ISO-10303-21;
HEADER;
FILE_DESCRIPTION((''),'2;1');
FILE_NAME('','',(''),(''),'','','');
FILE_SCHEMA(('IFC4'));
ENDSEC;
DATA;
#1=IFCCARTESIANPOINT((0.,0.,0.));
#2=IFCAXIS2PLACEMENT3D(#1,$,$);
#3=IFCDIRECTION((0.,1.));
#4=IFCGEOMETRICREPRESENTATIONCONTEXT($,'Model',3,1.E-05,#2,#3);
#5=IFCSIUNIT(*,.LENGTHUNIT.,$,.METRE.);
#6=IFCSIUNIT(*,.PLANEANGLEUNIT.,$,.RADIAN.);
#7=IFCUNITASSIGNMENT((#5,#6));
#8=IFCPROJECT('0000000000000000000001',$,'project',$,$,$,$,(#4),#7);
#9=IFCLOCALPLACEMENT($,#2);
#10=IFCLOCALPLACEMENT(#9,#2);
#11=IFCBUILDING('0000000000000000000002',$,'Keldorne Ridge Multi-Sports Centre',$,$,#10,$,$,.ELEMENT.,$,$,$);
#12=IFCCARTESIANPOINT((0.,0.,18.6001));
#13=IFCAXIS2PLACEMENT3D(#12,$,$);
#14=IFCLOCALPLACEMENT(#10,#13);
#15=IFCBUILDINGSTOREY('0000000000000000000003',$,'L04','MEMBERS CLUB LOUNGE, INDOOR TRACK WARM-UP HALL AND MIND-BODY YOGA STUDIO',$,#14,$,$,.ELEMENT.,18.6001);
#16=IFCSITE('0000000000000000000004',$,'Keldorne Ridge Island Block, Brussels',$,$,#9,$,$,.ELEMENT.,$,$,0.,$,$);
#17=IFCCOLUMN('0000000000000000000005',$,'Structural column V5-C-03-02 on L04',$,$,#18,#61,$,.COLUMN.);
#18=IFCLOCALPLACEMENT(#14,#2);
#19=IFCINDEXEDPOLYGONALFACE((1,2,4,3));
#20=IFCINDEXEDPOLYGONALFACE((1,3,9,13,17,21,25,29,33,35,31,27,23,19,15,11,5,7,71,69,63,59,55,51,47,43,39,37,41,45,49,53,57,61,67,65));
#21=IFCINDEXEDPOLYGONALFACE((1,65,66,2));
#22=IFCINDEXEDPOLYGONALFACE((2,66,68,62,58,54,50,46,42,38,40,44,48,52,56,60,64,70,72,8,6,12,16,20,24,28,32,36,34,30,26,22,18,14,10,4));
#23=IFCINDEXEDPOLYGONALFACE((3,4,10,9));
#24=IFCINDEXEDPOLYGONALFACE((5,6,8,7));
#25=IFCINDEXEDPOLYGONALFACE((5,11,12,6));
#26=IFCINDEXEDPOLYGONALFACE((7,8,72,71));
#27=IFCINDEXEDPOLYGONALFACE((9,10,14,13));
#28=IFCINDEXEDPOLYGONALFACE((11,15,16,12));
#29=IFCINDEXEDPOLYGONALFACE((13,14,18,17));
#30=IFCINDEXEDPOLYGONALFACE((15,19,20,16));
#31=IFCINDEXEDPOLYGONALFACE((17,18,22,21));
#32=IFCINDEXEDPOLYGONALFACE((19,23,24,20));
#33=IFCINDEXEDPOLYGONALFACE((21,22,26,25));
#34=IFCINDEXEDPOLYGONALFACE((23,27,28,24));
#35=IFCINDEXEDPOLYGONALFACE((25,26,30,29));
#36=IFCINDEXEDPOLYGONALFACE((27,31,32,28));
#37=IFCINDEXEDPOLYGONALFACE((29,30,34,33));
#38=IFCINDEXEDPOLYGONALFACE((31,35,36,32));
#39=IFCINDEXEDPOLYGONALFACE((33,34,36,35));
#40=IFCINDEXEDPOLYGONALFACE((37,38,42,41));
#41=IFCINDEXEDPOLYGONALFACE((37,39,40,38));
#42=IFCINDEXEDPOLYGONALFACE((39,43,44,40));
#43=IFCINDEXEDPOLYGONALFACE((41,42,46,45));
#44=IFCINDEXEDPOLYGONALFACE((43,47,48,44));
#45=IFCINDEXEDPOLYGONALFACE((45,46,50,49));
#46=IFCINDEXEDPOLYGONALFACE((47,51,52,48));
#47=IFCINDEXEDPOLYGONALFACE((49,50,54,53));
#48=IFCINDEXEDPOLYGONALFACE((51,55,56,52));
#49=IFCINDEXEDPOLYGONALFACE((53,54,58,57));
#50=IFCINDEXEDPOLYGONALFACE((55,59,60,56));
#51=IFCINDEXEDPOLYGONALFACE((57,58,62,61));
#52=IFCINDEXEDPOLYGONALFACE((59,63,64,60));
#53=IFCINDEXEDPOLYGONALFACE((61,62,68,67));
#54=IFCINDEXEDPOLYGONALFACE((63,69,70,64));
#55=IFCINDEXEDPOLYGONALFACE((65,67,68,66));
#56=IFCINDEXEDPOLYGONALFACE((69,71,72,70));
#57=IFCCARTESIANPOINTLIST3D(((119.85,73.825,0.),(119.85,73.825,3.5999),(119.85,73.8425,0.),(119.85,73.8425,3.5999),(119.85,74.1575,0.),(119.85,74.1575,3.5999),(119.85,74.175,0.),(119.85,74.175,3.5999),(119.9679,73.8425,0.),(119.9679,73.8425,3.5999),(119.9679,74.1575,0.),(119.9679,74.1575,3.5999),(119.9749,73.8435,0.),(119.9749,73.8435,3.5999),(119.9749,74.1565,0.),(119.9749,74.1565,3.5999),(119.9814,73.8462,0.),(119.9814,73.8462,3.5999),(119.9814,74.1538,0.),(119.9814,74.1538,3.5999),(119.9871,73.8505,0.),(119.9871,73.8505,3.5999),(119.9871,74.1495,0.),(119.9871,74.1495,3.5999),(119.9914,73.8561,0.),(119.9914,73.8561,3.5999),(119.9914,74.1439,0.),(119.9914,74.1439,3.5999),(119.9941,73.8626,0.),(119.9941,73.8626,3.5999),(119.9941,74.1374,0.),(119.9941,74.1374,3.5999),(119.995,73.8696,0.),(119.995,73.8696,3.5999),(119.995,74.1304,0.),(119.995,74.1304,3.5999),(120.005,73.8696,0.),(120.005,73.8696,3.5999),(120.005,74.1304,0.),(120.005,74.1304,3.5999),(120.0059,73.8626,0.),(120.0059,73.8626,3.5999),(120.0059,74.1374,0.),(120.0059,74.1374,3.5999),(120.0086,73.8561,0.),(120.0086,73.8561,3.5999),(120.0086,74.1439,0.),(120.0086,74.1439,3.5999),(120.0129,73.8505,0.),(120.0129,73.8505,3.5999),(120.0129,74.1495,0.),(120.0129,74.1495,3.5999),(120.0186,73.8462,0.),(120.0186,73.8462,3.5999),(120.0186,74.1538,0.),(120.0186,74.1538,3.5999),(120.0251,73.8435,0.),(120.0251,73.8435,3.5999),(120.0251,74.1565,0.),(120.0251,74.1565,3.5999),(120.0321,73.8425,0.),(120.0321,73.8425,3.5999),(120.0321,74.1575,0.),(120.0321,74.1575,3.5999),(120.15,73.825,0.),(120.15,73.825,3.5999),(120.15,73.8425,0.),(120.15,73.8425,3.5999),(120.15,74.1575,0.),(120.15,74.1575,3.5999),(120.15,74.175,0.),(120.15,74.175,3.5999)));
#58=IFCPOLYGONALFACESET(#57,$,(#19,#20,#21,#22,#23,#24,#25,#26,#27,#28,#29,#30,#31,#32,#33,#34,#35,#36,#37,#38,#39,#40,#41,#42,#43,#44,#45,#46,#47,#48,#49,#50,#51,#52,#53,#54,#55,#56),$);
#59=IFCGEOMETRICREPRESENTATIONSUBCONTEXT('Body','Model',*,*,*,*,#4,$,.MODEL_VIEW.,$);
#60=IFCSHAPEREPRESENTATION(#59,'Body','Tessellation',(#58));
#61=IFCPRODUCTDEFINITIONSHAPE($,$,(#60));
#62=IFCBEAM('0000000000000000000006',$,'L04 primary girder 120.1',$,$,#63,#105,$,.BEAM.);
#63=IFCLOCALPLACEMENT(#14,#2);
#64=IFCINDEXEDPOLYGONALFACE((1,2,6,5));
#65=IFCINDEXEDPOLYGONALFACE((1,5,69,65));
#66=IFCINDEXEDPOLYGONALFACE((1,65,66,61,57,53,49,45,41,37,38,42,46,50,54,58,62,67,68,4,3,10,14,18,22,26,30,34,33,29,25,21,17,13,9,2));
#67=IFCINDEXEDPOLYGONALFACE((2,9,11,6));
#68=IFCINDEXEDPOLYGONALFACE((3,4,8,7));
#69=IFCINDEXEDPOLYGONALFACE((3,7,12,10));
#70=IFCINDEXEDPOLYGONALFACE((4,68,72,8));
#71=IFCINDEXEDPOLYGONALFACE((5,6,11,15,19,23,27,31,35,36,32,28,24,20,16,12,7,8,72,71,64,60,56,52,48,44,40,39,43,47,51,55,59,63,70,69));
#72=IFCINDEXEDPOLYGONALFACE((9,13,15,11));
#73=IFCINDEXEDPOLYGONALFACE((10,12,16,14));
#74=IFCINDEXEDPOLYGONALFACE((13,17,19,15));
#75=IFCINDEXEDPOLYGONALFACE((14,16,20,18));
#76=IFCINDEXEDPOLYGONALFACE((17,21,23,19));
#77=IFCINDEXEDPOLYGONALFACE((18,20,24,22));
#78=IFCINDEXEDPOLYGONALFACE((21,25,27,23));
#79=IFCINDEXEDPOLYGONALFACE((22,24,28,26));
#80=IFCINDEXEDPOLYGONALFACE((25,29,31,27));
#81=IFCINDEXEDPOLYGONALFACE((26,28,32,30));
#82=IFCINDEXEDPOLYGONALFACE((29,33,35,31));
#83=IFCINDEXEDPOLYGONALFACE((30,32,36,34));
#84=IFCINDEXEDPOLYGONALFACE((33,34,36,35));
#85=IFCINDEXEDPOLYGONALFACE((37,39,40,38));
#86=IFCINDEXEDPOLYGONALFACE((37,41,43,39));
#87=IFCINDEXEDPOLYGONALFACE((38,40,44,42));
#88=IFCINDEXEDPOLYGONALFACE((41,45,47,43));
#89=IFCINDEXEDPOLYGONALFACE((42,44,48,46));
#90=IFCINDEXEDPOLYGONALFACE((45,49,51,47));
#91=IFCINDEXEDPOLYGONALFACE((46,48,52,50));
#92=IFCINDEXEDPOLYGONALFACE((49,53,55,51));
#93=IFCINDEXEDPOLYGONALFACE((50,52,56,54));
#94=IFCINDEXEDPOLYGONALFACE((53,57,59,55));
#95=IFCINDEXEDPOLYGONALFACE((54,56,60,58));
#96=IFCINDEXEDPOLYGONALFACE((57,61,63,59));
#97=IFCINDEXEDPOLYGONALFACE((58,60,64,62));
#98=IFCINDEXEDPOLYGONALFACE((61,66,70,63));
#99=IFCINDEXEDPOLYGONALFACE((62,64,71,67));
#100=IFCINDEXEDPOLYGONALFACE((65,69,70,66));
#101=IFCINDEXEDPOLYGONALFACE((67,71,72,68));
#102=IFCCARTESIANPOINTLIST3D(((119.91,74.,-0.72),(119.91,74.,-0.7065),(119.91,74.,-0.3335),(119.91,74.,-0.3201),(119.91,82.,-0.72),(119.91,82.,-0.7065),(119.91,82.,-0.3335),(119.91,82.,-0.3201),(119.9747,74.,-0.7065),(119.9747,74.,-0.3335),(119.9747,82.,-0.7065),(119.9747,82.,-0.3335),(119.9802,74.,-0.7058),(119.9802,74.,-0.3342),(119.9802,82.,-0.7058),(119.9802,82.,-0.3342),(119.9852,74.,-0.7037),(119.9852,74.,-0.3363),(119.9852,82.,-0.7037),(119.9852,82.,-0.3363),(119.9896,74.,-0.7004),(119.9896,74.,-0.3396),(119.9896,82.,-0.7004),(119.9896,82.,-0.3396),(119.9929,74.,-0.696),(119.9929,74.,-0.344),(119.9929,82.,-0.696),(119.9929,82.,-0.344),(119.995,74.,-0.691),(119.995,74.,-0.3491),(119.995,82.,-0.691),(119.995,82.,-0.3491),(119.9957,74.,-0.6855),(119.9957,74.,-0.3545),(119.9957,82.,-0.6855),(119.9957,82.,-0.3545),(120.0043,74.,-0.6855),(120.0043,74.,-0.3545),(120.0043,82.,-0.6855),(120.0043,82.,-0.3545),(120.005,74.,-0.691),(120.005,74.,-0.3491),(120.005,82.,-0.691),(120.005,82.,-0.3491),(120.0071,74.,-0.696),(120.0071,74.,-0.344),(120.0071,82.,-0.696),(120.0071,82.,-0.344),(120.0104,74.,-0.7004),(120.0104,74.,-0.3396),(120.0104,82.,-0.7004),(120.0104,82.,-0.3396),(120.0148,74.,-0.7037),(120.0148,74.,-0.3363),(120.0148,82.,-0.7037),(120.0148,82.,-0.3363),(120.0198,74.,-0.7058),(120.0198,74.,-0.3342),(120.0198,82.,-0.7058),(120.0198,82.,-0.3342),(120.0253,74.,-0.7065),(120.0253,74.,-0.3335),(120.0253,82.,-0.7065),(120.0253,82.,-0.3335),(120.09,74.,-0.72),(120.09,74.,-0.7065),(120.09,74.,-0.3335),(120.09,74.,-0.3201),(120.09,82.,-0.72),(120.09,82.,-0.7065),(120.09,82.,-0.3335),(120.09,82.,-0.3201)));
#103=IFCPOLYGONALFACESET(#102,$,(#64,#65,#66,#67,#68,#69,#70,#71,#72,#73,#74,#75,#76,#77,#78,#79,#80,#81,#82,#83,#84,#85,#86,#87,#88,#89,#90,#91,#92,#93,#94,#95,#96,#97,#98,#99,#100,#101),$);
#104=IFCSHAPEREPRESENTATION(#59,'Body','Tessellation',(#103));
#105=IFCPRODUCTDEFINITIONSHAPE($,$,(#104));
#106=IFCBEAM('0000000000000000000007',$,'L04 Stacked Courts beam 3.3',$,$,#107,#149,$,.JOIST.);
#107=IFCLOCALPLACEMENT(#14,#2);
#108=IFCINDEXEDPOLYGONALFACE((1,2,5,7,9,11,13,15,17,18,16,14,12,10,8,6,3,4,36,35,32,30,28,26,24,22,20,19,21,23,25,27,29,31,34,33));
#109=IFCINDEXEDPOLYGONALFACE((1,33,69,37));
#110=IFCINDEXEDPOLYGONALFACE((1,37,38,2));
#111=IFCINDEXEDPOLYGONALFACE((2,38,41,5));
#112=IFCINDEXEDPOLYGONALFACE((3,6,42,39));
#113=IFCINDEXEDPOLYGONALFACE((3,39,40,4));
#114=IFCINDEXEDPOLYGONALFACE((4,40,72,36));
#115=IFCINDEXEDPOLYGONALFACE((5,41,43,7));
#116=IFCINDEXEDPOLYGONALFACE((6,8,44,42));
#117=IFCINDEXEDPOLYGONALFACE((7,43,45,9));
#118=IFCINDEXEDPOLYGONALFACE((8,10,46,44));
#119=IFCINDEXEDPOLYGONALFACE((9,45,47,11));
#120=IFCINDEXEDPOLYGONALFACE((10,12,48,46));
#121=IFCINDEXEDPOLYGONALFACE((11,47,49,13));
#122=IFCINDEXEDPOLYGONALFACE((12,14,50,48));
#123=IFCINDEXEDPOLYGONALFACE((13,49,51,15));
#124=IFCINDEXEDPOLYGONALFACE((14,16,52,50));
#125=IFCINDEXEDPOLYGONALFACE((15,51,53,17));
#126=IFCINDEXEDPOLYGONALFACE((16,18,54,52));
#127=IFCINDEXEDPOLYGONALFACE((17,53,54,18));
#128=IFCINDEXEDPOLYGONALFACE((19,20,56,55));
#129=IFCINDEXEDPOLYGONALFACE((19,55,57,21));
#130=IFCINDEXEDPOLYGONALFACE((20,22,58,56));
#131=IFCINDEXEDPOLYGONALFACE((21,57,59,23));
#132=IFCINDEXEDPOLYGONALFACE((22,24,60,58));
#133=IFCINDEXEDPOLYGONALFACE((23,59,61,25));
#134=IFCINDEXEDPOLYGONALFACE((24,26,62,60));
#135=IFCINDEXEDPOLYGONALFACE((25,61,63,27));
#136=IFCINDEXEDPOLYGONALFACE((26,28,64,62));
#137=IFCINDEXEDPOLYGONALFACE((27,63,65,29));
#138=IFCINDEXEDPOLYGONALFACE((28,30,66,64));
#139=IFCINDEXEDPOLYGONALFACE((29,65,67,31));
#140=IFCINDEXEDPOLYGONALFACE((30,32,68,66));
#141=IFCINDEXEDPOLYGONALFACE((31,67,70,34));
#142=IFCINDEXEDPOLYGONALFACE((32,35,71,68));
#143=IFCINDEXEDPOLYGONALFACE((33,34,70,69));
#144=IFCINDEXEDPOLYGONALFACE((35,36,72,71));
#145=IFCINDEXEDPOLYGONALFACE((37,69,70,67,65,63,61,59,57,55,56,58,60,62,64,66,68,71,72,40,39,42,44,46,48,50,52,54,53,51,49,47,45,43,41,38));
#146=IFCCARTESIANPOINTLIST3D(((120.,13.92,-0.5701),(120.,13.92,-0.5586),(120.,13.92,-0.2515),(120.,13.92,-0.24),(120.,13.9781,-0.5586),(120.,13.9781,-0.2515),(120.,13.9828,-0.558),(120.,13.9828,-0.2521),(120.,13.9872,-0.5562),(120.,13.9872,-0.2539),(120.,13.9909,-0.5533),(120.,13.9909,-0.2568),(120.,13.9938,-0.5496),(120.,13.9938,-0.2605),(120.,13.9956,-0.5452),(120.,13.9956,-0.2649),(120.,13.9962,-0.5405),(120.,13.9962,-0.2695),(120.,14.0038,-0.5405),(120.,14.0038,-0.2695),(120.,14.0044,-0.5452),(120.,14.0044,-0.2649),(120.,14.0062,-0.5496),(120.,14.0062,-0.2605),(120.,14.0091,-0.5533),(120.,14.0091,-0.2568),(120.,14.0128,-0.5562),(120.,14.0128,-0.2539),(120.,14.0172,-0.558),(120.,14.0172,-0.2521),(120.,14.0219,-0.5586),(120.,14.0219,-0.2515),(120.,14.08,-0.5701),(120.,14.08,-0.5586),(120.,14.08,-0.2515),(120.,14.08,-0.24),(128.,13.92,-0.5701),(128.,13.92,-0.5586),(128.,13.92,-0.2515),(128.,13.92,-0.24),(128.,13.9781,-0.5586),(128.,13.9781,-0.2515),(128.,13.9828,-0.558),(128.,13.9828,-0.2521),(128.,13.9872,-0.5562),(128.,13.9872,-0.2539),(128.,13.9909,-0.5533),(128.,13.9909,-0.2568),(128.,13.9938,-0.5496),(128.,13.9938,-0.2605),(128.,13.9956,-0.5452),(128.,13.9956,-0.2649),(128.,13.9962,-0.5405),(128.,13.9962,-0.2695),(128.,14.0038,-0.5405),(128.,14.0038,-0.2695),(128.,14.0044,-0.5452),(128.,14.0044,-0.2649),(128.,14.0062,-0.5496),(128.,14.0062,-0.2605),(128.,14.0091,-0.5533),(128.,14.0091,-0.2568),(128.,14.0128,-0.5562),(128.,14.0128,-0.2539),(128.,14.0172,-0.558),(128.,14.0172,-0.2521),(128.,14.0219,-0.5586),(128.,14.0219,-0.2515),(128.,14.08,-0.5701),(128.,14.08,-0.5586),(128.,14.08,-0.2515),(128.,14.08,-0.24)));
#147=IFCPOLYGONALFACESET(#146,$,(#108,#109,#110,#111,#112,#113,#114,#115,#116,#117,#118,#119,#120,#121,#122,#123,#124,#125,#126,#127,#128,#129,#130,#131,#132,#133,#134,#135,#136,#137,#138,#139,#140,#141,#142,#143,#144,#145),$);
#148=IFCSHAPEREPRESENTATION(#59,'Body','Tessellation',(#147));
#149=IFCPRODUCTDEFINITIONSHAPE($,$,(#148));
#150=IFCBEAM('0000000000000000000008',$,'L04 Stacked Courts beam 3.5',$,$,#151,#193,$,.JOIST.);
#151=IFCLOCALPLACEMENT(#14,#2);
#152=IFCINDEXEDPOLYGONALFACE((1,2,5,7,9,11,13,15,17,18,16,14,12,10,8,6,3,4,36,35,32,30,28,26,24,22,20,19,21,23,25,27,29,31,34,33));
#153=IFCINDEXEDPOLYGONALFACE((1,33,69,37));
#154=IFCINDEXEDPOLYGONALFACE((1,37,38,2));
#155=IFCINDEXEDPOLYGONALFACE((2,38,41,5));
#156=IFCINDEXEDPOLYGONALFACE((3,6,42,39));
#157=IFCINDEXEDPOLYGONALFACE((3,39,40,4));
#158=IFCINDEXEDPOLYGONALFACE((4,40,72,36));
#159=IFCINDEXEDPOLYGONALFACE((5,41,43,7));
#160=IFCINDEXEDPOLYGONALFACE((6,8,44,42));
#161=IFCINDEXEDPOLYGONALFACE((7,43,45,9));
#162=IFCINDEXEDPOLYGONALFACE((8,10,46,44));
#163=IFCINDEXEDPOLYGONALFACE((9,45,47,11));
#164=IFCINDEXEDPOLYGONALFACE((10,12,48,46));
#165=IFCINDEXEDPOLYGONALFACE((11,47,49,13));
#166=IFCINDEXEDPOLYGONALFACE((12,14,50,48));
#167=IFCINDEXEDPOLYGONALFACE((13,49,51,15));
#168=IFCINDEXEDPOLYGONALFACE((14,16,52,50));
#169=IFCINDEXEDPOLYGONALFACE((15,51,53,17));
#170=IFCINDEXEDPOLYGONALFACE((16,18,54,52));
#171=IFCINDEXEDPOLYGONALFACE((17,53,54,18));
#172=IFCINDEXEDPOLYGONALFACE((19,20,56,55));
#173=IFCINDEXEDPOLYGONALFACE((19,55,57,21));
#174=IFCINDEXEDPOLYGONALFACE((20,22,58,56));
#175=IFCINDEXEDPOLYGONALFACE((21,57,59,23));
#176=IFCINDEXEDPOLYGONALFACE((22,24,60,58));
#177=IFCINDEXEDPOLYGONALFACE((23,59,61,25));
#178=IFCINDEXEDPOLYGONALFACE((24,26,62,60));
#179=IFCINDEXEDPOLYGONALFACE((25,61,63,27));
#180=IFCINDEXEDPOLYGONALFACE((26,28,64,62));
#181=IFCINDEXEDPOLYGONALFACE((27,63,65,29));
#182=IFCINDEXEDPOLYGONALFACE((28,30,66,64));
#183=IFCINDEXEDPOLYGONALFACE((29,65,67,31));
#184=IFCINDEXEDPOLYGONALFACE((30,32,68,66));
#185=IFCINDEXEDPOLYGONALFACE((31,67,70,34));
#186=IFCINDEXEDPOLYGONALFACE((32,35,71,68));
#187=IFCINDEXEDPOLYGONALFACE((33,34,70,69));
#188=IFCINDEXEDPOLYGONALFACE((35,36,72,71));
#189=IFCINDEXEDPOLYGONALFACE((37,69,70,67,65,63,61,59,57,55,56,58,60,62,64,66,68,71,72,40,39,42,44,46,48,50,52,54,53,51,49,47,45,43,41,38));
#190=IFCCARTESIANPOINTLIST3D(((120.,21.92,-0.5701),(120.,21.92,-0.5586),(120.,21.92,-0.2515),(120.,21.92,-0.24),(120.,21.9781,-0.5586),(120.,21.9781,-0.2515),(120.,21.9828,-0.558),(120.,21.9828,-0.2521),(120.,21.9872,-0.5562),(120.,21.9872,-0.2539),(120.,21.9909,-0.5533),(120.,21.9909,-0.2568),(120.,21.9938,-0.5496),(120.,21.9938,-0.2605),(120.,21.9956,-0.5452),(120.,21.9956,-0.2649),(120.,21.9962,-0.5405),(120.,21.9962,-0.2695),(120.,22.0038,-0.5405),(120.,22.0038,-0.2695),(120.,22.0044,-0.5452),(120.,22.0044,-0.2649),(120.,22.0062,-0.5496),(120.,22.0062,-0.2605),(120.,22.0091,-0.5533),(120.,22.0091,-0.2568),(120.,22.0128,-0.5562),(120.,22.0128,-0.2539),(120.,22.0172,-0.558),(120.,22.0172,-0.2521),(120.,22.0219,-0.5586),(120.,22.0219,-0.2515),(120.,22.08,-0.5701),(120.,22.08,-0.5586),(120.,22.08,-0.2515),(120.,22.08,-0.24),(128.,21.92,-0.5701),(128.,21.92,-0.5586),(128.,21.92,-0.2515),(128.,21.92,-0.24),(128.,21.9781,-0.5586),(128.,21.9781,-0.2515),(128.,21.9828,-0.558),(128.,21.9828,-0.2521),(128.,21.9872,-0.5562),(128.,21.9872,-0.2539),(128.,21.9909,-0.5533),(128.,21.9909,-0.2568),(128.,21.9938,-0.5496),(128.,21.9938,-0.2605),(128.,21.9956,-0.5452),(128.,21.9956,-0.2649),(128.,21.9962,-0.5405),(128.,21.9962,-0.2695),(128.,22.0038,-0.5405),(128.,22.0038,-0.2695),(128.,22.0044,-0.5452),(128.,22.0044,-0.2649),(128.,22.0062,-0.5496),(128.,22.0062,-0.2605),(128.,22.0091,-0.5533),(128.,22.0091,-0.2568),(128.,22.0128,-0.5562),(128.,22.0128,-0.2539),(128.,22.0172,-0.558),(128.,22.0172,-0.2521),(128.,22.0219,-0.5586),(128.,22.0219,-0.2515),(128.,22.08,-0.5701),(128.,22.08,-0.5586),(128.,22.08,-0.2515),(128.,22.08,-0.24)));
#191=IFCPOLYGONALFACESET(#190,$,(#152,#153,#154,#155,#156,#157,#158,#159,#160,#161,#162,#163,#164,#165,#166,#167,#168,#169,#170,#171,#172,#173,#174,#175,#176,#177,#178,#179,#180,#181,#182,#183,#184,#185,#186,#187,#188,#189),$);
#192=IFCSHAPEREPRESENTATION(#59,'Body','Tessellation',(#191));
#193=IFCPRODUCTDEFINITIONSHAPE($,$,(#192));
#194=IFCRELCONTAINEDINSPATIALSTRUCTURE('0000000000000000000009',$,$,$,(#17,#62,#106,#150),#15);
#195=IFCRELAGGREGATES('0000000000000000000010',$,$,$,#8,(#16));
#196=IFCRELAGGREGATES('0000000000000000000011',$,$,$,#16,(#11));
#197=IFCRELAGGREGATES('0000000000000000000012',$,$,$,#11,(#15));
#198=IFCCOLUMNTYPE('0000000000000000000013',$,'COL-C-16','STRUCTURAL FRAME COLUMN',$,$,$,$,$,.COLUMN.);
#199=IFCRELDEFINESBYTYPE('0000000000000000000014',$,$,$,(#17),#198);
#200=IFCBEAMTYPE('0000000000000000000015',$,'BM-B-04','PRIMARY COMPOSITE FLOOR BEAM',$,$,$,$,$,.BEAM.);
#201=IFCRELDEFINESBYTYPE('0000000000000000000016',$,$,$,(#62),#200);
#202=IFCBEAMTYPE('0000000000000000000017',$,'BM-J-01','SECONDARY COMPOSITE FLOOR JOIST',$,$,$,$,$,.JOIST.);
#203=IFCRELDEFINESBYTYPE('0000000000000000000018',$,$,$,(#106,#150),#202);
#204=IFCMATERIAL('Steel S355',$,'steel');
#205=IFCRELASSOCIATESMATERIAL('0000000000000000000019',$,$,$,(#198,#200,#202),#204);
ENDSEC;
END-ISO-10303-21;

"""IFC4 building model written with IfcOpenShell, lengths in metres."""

from ifc_helpers import new_model, si_unit, direction, frame, origin, origin_2d, place, context, subcontext, project, spatial, i_section, extrude, material, material_profile, profile_set, type_object, element, save


model = new_model("IFC4")

# Units and contexts
model_context = context("Model", 3, precision=1e-05, world=origin(), true_north=direction((0.0, 1.0)))
body_context = subcontext(model_context, "Body", "Model", "MODEL_VIEW")
ifc_project = project(units=[si_unit("LENGTHUNIT", "METRE"), si_unit("PLANEANGLEUNIT", "RADIAN")], contexts=[model_context])

# Site, building, storey
site_placement = place(None, origin())
site = spatial("IfcSite", under=ifc_project, at=site_placement, Name="Keldorne Ridge Island Block, Brussels", CompositionType="ELEMENT", RefElevation=0.0)
building_placement = place(site_placement, origin())
building = spatial("IfcBuilding", under=site, at=building_placement, Name="Keldorne Ridge Multi-Sports Centre", CompositionType="ELEMENT")
storey_placement = place(building_placement, frame((0.0, 0.0, 18.6001)))
storey = spatial("IfcBuildingStorey", under=building, at=storey_placement, Name="L04", Description="MEMBERS CLUB LOUNGE, INDOOR TRACK WARM-UP HALL AND MIND-BODY YOGA STUDIO", CompositionType="ELEMENT", Elevation=18.6001)

# Column
ifc_material_1 = material(Name="Steel S355", Category="steel")
ifc_material_profile_1 = material_profile(ifc_material_1, i_section(OverallWidth=0.3, OverallDepth=0.3501, WebThickness=0.01, FlangeThickness=0.0176, FilletRadius=0.0271, at=origin_2d()), Name="HEA 360")
ifc_profile_set_1 = profile_set([ifc_material_profile_1], Name="Steel S355")
column_type = type_object("IfcColumnType", Name="COL-C-16", Description="STRUCTURAL FRAME COLUMN", PredefinedType="COLUMN", material=ifc_profile_set_1)
column_placement = place(storey_placement, frame((120.0, 74.0, 0.0), z_axis=(0.0, 0.0, 1.0), x_axis=(1.0, 0.0, 0.0)))
element("IfcColumn", 1, at=column_placement, inside=storey, type_object=column_type, Name="Structural column V5-C-03-02 on L04", PredefinedType="COLUMN", context=body_context, shape_type="SweptSolid", body=[
    extrude(i_section(OverallWidth=0.3, OverallDepth=0.3501, WebThickness=0.01, FlangeThickness=0.0176, FilletRadius=0.0271, at=origin_2d()), origin(), (0.0, 0.0, 1.0), 3.5999),
])

# Beams
ifc_material_profile_2 = material_profile(ifc_material_1, i_section(OverallWidth=0.1799, OverallDepth=0.3999, WebThickness=0.0085, FlangeThickness=0.0134, FilletRadius=0.021, at=origin_2d()), Name="IPE 400")
ifc_profile_set_2 = profile_set([ifc_material_profile_2], Name="Steel S355")
beam_type_1 = type_object("IfcBeamType", Name="BM-B-04", Description="PRIMARY COMPOSITE FLOOR BEAM", PredefinedType="BEAM", material=ifc_profile_set_2)
beam_1_placement = place(storey_placement, frame((120.0, 74.0, -0.52), z_axis=(0.0, 1.0, 0.0), x_axis=(-1.0, 0.0, 0.0)))
element("IfcBeam", 2, at=beam_1_placement, inside=storey, type_object=beam_type_1, Name="L04 primary girder 120.1", PredefinedType="BEAM", context=body_context, shape_type="SweptSolid", body=[
    extrude(i_section(OverallWidth=0.1799, OverallDepth=0.3999, WebThickness=0.0085, FlangeThickness=0.0134, FilletRadius=0.021, at=origin_2d()), origin(), (0.0, 0.0, 1.0), 8.0),
])
ifc_material_profile_3 = material_profile(ifc_material_1, i_section(OverallWidth=0.1599, OverallDepth=0.3301, WebThickness=0.0076, FlangeThickness=0.0115, FilletRadius=0.0181, at=origin_2d()), Name="IPE 330")
ifc_profile_set_3 = profile_set([ifc_material_profile_3], Name="Steel S355")
beam_type_2 = type_object("IfcBeamType", Name="BM-J-01", Description="SECONDARY COMPOSITE FLOOR JOIST", PredefinedType="JOIST", material=ifc_profile_set_3)
for number, where, z_axis, x_axis, name in (
    (3, (120.0, 14.0, -0.405), (1.0, 0.0, 0.0), (0.0, 1.0, 0.0), "L04 Stacked Courts beam 3.3"),
    (4, (120.0, 22.0, -0.405), (1.0, 0.0, 0.0), (0.0, 1.0, 0.0), "L04 Stacked Courts beam 3.5"),
):
    element("IfcBeam", number, at=place(storey_placement, frame(where, z_axis=z_axis, x_axis=x_axis)), inside=storey, type_object=beam_type_2, Name=name, PredefinedType="JOIST", context=body_context, shape_type="SweptSolid", body=[
        extrude(i_section(OverallWidth=0.1599, OverallDepth=0.3301, WebThickness=0.0076, FlangeThickness=0.0115, FilletRadius=0.0181, at=origin_2d()), origin(), (0.0, 0.0, 1.0), 8.0),
    ])

save(model, "model.ifc")
